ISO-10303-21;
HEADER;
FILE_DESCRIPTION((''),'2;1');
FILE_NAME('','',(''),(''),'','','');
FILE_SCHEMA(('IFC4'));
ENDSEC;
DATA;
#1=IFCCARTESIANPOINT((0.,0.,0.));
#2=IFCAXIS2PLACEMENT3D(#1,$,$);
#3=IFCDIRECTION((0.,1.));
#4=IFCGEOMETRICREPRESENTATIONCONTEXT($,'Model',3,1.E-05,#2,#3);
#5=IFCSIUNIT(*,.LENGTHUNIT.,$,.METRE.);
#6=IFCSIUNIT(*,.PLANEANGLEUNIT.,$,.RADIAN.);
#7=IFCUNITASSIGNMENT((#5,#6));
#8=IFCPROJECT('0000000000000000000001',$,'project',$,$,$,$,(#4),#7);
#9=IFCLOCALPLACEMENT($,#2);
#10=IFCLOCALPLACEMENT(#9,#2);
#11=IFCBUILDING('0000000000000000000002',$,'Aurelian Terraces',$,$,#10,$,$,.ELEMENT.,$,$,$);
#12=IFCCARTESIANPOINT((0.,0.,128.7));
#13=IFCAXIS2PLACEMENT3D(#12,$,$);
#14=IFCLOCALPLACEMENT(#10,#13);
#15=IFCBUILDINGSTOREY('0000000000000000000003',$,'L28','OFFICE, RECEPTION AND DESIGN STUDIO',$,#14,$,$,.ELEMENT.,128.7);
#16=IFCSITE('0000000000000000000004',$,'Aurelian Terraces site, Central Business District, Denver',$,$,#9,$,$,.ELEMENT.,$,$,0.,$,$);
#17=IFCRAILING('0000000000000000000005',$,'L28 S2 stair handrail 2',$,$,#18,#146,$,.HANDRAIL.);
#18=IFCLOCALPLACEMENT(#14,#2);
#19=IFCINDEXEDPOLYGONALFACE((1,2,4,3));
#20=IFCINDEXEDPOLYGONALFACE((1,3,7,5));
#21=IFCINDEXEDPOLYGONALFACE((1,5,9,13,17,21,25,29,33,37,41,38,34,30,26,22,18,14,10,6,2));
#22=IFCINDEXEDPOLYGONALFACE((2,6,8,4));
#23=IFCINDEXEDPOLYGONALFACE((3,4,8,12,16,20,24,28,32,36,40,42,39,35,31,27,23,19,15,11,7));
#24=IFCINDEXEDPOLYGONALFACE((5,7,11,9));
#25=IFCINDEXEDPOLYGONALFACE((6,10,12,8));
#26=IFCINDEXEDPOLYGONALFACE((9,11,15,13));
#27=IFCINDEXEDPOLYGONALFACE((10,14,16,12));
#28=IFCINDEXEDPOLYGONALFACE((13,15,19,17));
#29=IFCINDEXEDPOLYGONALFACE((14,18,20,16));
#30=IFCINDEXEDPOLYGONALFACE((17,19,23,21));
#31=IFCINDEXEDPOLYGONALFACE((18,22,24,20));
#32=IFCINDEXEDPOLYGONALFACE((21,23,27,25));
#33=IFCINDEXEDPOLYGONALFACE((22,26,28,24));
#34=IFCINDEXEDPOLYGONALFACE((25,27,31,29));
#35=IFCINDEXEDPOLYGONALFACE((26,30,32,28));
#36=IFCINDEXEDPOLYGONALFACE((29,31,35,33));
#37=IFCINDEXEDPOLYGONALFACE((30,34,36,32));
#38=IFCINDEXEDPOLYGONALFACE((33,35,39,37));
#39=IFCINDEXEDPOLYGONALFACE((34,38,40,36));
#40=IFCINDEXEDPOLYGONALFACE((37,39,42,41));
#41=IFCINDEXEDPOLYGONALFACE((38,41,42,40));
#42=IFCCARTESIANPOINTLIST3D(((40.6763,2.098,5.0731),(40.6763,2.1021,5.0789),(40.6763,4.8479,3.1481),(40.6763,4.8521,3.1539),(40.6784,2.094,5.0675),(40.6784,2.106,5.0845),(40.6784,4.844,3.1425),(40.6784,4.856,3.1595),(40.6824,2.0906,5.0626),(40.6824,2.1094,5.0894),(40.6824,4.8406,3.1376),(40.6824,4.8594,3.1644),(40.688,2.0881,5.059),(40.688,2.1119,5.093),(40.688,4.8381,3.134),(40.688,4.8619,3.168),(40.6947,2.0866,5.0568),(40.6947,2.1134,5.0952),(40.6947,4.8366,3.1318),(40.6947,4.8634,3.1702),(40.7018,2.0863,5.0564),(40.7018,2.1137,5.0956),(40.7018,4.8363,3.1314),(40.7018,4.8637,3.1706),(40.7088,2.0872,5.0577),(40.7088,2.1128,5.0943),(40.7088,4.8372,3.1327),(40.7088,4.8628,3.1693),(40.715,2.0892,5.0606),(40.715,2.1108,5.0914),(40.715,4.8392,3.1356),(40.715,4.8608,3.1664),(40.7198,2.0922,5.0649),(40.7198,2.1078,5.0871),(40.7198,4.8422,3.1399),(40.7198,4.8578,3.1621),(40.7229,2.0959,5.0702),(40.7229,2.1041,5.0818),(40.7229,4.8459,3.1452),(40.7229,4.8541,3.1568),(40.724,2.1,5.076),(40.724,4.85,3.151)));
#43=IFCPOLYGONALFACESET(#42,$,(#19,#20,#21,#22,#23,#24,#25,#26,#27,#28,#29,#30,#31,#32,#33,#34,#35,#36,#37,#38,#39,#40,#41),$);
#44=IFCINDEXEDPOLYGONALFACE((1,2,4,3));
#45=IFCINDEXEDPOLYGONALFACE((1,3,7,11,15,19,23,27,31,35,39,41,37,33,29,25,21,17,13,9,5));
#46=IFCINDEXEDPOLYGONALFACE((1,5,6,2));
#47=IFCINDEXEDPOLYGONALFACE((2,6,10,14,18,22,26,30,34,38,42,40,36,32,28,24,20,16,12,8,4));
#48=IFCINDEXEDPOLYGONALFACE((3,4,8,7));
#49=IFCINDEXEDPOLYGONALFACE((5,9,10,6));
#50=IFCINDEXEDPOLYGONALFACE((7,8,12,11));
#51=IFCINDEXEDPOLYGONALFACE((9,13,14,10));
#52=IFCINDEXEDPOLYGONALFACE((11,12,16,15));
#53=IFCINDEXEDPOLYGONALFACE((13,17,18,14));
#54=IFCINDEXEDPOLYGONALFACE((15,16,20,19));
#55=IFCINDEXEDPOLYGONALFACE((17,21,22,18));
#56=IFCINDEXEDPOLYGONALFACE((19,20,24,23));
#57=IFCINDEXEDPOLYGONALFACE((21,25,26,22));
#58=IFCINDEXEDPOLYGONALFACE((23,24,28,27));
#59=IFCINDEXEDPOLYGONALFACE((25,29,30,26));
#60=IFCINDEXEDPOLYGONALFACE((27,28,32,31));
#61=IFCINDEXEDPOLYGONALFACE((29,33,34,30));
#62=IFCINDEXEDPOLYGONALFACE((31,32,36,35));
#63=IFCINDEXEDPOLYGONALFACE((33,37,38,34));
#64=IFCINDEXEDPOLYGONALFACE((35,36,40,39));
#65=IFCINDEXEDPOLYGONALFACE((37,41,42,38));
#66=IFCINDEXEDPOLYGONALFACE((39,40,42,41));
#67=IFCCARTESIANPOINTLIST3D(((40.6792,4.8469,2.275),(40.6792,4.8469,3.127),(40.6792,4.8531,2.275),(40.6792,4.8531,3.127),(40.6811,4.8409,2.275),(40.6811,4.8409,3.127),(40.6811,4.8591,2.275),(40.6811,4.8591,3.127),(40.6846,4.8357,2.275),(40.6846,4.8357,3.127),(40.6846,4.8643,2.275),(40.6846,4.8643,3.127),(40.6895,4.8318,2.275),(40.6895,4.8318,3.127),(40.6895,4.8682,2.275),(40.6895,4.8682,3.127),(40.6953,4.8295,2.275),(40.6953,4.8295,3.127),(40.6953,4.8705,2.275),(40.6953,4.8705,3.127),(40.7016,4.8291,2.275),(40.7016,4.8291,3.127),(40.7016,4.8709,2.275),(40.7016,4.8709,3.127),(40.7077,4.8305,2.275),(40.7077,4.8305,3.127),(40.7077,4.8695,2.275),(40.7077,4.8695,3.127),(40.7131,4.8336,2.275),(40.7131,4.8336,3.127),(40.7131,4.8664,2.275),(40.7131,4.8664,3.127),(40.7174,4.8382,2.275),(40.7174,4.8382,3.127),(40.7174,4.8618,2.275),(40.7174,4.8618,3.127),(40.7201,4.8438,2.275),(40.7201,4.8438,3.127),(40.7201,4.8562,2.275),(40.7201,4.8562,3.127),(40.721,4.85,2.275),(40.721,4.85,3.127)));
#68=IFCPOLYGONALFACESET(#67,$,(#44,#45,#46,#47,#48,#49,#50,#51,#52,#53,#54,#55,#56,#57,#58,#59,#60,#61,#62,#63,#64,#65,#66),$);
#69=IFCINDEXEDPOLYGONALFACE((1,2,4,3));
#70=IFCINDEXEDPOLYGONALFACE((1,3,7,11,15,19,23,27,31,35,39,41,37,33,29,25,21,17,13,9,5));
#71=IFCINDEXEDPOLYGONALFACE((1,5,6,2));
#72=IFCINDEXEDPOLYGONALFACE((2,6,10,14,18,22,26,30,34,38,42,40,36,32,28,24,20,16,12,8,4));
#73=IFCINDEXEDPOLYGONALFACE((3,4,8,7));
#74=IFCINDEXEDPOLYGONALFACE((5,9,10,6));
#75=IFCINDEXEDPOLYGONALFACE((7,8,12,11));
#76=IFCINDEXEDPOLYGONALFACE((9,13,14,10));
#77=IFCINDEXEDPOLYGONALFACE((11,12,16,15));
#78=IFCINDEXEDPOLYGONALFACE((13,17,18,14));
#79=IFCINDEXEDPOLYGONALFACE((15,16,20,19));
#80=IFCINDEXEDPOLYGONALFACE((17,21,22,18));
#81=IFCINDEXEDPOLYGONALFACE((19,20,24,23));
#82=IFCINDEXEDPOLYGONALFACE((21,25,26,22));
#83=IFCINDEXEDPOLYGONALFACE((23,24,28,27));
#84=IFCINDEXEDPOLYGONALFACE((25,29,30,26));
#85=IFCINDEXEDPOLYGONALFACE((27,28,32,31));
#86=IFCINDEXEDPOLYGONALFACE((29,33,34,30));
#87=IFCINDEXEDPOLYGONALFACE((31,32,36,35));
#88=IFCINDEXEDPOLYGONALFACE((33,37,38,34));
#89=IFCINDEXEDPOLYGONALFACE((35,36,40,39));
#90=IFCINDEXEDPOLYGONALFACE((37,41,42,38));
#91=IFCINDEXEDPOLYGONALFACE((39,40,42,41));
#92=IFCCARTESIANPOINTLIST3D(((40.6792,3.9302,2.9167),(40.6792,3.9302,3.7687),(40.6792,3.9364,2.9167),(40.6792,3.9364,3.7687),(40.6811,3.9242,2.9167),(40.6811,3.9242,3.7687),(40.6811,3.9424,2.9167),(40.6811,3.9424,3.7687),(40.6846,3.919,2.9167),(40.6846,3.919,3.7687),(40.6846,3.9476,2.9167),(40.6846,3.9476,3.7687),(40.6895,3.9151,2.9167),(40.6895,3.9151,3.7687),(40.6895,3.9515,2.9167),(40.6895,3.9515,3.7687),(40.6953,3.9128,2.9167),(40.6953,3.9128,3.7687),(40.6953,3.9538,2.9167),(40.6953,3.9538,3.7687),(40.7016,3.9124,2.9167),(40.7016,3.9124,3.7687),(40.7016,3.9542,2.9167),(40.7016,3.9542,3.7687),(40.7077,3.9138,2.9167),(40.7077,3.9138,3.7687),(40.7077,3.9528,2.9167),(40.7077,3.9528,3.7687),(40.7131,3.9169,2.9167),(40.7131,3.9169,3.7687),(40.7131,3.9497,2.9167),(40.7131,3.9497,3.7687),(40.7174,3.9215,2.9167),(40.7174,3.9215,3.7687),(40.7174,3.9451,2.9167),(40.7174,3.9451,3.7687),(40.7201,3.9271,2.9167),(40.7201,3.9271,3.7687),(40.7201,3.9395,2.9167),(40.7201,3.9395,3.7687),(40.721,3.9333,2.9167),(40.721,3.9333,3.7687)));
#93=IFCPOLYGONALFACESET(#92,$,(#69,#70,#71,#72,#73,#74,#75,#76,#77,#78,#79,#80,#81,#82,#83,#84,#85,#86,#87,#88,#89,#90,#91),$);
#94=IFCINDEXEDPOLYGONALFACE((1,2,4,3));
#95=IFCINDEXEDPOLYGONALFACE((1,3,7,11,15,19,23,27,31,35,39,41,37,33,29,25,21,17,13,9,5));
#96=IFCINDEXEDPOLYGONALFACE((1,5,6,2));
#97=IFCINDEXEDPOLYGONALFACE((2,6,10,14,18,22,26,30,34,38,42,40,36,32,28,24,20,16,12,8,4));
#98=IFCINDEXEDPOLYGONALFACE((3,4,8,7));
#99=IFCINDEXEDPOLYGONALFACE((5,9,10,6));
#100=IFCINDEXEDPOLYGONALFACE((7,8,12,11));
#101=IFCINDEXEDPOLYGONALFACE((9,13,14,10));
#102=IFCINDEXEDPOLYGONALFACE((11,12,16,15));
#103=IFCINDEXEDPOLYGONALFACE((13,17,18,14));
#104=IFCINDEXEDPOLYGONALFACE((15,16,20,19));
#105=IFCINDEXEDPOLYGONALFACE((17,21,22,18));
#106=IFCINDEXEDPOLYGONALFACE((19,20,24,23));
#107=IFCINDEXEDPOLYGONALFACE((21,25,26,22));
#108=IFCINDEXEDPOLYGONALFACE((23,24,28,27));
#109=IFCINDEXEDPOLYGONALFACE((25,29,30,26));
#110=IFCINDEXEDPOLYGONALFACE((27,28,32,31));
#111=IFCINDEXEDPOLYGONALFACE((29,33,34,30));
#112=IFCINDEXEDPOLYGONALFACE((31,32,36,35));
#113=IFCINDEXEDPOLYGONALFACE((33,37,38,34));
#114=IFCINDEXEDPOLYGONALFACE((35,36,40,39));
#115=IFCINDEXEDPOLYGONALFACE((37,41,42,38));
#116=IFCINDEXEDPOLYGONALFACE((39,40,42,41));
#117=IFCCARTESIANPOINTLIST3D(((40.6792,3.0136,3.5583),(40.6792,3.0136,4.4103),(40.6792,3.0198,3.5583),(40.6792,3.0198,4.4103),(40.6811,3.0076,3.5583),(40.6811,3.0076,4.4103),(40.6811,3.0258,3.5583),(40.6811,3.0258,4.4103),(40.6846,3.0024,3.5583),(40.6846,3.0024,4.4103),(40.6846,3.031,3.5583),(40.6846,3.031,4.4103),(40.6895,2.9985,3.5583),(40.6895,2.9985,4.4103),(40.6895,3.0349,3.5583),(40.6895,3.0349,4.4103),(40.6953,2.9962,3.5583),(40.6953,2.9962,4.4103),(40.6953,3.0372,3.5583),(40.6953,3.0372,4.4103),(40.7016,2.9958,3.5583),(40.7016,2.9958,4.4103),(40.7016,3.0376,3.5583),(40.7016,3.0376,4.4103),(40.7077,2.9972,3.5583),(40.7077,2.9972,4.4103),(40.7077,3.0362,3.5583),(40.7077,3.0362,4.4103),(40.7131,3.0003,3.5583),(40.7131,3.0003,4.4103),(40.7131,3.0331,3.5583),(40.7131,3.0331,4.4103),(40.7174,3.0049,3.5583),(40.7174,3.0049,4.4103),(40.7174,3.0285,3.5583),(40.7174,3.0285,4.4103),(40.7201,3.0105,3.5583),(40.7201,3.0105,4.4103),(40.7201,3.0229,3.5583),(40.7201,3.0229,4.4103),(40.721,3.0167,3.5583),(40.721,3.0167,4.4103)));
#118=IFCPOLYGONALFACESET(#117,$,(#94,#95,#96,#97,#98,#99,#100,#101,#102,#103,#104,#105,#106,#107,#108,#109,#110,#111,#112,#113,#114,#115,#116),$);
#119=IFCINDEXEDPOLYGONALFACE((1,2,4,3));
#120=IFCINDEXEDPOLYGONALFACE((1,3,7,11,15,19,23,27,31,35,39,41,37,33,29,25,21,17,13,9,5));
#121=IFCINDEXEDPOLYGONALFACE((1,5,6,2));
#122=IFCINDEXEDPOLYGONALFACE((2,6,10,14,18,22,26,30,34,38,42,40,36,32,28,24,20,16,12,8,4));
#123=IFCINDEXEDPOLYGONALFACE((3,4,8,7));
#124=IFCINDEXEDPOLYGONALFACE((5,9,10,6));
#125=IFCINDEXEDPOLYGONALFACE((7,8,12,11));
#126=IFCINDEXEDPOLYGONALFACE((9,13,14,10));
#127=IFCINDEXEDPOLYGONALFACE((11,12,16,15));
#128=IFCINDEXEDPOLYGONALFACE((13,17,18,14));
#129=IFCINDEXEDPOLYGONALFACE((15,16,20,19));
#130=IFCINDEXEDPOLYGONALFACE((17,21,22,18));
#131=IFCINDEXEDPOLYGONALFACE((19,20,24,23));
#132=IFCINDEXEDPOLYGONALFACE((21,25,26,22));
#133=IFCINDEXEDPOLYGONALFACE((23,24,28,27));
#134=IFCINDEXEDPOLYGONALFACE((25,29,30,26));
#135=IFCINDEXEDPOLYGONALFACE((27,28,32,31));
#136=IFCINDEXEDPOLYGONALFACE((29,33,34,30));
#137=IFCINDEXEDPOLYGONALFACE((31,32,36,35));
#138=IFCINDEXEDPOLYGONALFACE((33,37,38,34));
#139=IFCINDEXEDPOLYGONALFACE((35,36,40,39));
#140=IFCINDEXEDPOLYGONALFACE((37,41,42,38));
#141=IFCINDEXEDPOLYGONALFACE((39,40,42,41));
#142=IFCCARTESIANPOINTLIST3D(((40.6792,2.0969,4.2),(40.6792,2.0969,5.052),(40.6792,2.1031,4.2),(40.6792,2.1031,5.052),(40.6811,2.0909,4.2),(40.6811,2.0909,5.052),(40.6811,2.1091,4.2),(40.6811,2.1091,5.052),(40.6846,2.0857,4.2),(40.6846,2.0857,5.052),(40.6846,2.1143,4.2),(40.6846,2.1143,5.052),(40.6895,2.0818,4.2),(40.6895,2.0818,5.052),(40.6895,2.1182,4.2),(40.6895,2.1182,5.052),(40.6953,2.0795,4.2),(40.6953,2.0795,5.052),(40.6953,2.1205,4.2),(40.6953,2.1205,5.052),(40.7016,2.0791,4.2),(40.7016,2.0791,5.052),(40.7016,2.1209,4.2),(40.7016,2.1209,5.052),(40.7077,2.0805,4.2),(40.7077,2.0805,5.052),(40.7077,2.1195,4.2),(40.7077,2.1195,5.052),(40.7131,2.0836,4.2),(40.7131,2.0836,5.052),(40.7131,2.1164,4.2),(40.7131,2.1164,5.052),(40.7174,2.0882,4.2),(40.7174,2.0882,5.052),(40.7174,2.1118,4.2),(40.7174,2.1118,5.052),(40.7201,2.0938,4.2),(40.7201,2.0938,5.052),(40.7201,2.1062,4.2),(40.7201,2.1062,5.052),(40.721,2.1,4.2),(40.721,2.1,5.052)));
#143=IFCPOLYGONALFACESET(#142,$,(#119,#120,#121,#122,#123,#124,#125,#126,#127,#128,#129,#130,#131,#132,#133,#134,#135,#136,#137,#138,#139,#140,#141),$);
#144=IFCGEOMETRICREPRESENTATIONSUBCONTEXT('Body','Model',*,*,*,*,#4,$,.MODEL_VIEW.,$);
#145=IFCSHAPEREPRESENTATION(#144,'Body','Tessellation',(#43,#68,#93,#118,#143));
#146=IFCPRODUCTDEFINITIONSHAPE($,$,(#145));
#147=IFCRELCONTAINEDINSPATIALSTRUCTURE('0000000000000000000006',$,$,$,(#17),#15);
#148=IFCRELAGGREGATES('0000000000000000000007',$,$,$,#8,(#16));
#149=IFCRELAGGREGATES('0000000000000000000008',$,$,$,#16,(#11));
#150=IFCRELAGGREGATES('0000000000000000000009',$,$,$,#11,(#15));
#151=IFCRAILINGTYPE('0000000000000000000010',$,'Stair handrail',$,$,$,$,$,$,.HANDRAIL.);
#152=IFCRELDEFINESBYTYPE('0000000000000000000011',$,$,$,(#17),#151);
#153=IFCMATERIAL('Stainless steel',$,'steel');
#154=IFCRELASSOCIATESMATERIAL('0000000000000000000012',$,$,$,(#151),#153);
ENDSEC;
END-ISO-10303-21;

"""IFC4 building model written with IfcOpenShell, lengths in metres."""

from ifc_helpers import new_model, si_unit, direction, frame, origin, origin_2d, place, context, subcontext, project, spatial, circle, extrude, source, transform, mapped, material, type_object, element, save


model = new_model("IFC4")

# Units and contexts
model_context = context("Model", 3, precision=1e-05, world=origin(), true_north=direction((0.0, 1.0)))
body_context = subcontext(model_context, "Body", "Model", "MODEL_VIEW")
ifc_project = project(units=[si_unit("LENGTHUNIT", "METRE"), si_unit("PLANEANGLEUNIT", "RADIAN")], contexts=[model_context])

# Site, building, storey
site_placement = place(None, origin())
site = spatial("IfcSite", under=ifc_project, at=site_placement, Name="Aurelian Terraces site, Central Business District, Denver", CompositionType="ELEMENT", RefElevation=0.0)
building_placement = place(site_placement, origin())
building = spatial("IfcBuilding", under=site, at=building_placement, Name="Aurelian Terraces", CompositionType="ELEMENT")
storey_placement = place(building_placement, frame((0.0, 0.0, 128.7)))
storey = spatial("IfcBuildingStorey", under=building, at=storey_placement, Name="L28", Description="OFFICE, RECEPTION AND DESIGN STUDIO", CompositionType="ELEMENT", Elevation=128.7)

# Railing
ifc_material_1 = material(Name="Stainless steel", Category="steel")
railing_type_1 = type_object("IfcRailingType", Name="Stair handrail", PredefinedType="HANDRAIL", material=ifc_material_1)
shared_shape_1 = source(origin(), body_context, "Body", "SweptSolid", [
    extrude(circle(Radius=0.024, at=origin_2d()), frame((0.0, 0.0, 0.876), z_axis=(0.0, -0.819232, 0.573462), x_axis=(1.0, 0.0, 0.0)), (0.0, 0.0, 1.0), 3.3568),
    extrude(circle(Radius=0.021, at=origin_2d()), origin(), (0.0, 0.0, 1.0), 0.852),
    extrude(circle(Radius=0.021, at=origin_2d()), frame((0.0, -0.9167, 0.6417)), (0.0, 0.0, 1.0), 0.852),
    extrude(circle(Radius=0.021, at=origin_2d()), frame((0.0, -1.8333, 1.2833)), (0.0, 0.0, 1.0), 0.852),
    extrude(circle(Radius=0.021, at=origin_2d()), frame((0.0, -2.75, 1.925)), (0.0, 0.0, 1.0), 0.852),
])
railing_1_placement = place(storey_placement, frame((40.7, 4.85, 2.275)))
element("IfcRailing", 1, at=railing_1_placement, inside=storey, type_object=railing_type_1, Name="L28 S2 stair handrail 2", PredefinedType="HANDRAIL", context=body_context, shape_type="MappedRepresentation", body=[
    mapped(shared_shape_1, transform((0.0, 0.0, 0.0), scale=1.0)),
])

save(model, "model.ifc")
